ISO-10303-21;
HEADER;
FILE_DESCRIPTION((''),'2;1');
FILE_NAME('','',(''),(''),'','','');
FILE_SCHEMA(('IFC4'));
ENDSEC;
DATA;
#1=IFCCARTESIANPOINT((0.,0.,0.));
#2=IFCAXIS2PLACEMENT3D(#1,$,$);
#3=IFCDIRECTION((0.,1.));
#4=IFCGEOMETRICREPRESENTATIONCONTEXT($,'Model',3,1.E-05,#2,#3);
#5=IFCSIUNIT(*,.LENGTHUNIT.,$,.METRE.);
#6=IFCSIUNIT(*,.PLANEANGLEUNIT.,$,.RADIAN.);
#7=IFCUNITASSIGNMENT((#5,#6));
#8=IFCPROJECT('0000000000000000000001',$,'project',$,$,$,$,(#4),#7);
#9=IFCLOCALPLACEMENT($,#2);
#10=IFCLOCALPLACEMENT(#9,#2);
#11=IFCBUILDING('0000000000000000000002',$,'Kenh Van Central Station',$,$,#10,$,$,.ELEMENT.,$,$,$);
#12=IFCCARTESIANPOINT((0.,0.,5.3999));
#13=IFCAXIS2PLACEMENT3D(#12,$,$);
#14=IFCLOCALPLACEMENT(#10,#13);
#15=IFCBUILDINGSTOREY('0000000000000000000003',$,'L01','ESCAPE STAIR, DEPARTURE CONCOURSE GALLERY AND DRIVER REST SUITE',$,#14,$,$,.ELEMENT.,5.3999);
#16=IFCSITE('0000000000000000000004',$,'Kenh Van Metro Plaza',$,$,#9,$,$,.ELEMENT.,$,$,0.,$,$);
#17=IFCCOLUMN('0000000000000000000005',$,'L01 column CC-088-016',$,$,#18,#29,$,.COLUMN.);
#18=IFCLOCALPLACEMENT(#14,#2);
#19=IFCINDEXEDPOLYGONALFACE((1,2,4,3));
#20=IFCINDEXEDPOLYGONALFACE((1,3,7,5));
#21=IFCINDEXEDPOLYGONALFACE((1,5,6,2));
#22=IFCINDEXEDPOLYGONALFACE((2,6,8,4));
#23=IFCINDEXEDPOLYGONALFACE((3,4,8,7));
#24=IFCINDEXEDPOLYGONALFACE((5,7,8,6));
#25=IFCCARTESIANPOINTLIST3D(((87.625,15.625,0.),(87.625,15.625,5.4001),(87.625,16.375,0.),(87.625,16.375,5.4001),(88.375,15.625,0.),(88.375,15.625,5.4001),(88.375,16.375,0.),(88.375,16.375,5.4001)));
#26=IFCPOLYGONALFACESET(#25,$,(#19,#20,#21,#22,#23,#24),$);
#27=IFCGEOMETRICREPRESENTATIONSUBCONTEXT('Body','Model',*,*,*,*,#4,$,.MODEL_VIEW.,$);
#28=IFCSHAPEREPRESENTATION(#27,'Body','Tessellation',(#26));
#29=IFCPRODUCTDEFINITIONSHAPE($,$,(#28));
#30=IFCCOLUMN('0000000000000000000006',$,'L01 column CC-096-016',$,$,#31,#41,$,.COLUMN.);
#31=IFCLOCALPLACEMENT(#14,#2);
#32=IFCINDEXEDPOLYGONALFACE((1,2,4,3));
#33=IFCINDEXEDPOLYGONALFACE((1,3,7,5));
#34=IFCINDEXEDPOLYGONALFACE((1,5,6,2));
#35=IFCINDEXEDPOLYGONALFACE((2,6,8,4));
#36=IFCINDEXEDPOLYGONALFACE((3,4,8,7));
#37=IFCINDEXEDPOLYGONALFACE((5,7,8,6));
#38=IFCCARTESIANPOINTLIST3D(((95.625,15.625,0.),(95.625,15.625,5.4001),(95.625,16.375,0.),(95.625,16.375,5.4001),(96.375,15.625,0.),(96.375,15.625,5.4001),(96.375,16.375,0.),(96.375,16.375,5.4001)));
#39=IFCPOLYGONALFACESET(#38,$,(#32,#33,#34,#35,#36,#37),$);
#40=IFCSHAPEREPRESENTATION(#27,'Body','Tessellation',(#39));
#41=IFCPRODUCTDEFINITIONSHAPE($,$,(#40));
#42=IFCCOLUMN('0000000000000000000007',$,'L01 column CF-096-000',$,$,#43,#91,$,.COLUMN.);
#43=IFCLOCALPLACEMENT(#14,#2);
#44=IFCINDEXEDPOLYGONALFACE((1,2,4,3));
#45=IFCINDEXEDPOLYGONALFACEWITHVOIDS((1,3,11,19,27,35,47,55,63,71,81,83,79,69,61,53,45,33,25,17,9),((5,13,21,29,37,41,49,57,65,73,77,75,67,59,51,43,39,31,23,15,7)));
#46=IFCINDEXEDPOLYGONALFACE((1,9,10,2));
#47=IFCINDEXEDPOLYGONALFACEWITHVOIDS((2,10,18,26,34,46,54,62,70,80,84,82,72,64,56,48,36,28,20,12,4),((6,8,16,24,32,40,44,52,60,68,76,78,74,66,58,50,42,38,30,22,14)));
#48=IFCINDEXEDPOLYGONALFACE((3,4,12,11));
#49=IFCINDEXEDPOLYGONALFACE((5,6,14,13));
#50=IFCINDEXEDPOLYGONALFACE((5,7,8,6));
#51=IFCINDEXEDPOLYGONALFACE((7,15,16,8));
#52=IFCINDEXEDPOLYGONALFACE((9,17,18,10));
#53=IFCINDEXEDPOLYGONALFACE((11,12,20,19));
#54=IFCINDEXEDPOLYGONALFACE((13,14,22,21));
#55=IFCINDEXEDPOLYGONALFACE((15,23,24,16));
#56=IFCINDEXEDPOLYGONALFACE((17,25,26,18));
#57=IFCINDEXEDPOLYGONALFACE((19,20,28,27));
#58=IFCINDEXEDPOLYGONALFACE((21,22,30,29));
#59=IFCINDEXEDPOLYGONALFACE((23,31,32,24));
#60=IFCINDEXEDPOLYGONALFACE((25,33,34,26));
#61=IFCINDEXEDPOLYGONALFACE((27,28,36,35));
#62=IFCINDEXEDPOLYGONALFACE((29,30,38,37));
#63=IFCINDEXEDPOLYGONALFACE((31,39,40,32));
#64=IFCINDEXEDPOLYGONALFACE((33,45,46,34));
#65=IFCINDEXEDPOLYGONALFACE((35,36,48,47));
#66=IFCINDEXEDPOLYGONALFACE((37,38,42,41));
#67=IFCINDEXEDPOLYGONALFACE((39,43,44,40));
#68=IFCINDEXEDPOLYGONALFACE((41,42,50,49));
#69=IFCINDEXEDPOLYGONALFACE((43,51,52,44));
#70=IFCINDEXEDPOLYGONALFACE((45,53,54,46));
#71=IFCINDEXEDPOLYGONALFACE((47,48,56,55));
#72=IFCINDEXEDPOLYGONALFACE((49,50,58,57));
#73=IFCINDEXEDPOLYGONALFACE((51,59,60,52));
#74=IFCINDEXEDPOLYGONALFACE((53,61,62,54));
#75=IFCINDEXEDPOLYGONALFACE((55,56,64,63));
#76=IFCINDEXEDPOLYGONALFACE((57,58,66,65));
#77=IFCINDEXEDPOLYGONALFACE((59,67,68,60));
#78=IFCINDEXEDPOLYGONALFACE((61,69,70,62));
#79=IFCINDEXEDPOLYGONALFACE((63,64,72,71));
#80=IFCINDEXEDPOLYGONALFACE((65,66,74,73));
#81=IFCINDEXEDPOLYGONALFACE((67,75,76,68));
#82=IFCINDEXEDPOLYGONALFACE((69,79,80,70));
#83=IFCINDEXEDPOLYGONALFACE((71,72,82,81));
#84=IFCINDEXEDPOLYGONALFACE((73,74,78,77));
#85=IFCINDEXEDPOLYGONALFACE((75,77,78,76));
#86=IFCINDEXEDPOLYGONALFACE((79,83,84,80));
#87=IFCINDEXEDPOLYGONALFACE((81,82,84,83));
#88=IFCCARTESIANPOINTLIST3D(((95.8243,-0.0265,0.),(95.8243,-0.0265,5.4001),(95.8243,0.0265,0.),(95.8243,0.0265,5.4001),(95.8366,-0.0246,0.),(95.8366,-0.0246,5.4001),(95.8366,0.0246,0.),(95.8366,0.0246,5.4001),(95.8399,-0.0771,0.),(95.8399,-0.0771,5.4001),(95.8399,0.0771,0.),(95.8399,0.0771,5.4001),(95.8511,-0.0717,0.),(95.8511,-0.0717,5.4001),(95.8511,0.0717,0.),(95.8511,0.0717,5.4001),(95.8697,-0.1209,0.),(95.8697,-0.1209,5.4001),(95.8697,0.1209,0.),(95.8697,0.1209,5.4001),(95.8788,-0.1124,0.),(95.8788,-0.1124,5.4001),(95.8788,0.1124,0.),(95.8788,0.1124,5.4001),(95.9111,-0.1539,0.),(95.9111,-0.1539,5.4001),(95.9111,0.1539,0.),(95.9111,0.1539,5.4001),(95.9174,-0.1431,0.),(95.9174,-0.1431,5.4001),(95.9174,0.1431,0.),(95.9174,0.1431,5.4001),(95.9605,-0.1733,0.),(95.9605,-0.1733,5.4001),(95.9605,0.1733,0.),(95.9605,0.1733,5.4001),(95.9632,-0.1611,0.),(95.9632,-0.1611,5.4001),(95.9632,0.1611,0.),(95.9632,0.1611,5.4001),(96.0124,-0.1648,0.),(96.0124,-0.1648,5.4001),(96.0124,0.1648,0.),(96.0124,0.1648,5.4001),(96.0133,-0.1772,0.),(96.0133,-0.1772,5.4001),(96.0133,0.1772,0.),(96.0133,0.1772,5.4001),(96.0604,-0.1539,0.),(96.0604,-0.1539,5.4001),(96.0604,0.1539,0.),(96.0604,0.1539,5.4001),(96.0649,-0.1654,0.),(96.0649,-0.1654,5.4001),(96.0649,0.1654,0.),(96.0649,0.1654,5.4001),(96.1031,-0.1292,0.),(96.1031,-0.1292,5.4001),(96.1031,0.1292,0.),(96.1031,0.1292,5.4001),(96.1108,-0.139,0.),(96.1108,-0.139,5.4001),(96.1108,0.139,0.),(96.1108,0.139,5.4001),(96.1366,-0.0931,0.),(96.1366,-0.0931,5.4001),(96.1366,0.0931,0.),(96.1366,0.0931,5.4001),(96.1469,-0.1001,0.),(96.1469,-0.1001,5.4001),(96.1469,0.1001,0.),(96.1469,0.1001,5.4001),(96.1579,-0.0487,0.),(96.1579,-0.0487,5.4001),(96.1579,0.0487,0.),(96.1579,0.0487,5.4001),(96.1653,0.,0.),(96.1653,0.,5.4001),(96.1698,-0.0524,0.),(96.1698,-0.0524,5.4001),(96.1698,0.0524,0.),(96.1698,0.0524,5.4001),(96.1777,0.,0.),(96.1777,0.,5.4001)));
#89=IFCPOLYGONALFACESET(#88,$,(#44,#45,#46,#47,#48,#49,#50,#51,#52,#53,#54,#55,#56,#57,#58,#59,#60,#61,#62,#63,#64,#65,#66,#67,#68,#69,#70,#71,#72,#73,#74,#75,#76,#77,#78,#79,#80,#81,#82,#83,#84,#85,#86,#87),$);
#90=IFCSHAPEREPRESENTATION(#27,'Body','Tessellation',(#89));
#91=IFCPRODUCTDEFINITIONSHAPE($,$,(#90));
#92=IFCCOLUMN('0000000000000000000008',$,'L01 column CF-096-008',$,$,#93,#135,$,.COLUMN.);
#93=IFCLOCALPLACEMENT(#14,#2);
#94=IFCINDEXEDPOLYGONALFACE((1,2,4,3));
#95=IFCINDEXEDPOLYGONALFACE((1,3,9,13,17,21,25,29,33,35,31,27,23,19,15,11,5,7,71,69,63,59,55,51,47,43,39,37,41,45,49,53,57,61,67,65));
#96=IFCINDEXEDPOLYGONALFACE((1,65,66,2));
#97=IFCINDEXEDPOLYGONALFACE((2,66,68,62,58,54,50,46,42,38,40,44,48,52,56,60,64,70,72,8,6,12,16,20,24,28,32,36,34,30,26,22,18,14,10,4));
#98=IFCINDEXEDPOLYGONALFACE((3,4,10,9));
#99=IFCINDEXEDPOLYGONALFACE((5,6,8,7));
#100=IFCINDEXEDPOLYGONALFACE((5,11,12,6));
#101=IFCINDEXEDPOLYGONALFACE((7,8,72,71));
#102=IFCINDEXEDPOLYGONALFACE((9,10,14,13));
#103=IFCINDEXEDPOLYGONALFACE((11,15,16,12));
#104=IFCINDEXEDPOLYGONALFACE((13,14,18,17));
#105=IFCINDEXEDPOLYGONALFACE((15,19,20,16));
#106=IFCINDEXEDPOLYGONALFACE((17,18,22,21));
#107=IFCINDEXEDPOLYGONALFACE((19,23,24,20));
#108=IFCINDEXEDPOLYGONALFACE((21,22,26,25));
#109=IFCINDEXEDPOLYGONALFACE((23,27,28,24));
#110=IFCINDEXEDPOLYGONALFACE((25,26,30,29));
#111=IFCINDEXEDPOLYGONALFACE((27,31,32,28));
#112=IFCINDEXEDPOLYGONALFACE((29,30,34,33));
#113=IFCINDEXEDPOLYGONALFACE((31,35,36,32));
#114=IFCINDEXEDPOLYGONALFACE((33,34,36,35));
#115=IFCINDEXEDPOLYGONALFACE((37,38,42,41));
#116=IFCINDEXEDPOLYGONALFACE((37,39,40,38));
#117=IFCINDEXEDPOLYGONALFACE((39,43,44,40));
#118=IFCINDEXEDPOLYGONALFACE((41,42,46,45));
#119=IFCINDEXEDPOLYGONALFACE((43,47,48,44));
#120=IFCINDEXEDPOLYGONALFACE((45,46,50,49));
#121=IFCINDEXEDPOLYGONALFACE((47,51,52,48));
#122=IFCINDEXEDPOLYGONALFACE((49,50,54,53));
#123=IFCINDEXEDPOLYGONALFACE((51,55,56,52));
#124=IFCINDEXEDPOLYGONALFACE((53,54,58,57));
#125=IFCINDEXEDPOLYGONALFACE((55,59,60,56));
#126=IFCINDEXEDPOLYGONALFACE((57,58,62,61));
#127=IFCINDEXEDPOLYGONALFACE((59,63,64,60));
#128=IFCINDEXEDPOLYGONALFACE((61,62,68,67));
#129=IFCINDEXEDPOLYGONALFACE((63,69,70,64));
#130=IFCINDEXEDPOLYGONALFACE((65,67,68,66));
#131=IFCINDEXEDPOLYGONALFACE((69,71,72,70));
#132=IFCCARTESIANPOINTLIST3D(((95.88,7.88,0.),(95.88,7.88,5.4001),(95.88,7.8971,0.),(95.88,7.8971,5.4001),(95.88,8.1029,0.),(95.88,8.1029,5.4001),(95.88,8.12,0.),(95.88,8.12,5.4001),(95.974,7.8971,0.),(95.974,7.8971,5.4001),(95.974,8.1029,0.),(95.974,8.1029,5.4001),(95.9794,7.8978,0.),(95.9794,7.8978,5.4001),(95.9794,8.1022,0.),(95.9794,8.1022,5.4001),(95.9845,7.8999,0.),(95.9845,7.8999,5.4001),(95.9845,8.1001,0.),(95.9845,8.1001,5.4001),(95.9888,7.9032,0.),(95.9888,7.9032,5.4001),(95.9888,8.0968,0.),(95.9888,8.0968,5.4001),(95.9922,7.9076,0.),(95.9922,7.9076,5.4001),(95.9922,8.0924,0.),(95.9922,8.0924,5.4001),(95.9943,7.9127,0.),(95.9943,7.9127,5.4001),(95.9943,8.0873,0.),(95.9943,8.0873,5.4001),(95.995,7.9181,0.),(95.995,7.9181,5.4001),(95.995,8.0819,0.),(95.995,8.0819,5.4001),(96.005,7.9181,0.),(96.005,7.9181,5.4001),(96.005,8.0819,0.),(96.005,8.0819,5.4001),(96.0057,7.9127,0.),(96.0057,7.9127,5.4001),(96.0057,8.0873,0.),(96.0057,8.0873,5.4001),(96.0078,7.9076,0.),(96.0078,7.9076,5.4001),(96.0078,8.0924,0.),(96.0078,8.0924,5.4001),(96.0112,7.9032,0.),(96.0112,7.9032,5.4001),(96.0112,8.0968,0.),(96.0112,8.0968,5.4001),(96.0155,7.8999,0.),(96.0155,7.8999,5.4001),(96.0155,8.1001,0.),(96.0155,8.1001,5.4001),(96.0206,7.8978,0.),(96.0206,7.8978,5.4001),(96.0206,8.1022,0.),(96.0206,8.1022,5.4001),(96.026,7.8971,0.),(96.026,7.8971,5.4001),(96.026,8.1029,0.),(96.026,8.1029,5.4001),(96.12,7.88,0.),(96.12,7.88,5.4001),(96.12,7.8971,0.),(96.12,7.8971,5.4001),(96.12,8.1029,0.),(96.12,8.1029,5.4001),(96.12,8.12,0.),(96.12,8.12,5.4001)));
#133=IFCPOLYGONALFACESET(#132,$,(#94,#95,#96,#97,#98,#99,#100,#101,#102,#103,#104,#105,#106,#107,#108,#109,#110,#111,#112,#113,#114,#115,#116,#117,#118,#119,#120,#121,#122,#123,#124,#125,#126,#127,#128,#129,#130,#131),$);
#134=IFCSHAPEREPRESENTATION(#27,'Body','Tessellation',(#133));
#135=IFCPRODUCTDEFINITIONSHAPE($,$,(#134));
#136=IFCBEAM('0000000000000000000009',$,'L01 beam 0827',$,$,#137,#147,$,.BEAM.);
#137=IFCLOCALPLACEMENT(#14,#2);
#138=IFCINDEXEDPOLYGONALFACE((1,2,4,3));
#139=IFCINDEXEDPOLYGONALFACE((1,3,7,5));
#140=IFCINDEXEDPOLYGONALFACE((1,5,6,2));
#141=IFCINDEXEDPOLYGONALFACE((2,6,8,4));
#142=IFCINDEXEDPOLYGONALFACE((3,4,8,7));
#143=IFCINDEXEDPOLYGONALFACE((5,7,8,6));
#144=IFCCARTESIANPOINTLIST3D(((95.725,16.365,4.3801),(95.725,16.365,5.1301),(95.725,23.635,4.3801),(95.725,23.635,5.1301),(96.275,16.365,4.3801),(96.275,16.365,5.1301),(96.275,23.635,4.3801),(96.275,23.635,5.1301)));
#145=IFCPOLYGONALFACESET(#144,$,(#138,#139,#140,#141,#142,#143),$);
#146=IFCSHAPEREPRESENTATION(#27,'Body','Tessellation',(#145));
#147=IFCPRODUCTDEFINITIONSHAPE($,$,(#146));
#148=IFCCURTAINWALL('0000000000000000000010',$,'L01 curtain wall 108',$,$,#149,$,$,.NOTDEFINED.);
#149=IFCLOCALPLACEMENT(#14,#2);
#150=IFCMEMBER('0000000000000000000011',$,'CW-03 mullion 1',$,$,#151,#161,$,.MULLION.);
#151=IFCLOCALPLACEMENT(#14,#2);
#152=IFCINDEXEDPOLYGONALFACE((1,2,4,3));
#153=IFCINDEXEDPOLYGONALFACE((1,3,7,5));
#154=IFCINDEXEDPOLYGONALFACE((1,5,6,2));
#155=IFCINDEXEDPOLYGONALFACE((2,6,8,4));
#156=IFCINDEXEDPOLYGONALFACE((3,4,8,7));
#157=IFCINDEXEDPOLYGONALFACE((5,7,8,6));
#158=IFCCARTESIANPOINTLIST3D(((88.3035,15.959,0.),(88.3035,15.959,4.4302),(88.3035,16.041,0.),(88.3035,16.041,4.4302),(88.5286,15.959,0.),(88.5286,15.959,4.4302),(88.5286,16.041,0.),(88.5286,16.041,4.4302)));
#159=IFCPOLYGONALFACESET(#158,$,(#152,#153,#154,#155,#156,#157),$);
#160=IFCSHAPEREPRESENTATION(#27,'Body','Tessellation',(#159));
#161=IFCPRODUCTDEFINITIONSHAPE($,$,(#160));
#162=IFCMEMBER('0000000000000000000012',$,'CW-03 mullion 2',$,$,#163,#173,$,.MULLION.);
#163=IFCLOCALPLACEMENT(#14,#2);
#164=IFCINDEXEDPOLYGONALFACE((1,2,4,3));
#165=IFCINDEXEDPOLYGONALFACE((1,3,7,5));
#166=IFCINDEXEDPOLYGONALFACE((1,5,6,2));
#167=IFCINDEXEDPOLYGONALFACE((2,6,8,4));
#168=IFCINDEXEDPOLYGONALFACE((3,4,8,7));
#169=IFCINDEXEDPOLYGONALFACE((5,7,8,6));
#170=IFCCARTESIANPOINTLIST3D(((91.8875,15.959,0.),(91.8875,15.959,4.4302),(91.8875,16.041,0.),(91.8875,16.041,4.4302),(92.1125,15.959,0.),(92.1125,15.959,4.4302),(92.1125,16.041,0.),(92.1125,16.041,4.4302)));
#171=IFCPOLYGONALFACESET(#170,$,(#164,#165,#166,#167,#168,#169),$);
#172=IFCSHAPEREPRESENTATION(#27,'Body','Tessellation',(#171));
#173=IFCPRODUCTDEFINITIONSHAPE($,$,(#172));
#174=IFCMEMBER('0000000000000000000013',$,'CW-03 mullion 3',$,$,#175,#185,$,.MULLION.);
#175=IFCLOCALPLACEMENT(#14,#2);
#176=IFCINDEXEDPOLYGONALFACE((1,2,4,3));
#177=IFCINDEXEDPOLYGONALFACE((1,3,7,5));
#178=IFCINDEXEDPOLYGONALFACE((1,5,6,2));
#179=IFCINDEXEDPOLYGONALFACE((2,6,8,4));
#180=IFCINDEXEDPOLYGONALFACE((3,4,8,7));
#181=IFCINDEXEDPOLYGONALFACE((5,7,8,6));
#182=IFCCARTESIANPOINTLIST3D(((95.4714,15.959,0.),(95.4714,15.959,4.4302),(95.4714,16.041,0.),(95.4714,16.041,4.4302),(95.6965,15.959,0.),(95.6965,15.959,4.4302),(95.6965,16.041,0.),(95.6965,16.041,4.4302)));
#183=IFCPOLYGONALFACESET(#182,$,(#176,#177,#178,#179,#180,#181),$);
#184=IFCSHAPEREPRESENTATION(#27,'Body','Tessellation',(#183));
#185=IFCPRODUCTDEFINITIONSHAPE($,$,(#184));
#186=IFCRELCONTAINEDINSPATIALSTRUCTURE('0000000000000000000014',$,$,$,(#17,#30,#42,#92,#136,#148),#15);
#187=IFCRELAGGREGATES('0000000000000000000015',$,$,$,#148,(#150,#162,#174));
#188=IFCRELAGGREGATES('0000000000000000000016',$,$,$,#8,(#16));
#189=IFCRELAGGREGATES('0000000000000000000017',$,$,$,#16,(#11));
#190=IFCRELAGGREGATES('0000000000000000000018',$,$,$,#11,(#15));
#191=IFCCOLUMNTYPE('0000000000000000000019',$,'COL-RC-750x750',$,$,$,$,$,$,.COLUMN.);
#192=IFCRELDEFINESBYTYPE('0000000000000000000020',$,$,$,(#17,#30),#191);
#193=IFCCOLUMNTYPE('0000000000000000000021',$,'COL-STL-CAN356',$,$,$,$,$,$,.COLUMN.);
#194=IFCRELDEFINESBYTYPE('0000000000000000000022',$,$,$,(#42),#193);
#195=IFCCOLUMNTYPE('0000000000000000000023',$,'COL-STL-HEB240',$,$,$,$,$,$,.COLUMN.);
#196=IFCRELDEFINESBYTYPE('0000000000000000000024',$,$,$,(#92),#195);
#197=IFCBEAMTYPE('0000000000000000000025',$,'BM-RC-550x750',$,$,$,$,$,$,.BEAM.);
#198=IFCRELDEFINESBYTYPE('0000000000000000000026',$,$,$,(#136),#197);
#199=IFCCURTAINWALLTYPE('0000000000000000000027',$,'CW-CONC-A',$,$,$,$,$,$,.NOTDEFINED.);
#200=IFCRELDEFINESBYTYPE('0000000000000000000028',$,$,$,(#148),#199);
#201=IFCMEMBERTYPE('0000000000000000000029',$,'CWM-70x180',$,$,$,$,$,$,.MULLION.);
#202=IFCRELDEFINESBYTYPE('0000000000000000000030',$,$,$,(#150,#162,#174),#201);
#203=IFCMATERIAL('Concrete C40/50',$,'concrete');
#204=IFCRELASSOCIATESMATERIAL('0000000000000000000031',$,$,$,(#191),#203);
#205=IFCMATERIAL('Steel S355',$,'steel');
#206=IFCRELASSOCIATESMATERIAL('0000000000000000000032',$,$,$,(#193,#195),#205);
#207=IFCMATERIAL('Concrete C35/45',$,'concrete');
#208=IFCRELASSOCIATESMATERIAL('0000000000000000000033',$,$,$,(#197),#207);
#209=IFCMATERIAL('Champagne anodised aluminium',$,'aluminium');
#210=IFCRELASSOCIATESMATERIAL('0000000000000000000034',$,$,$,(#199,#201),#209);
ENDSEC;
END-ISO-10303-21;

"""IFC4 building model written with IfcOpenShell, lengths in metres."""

from ifc_helpers import new_model, si_unit, direction, frame, origin, origin_2d, place, context, subcontext, project, spatial, rectangle, hollow_circle, i_section, extrude, material, material_profile, profile_set, type_object, element, aggregate, save


model = new_model("IFC4")

# Units and contexts
model_context = context("Model", 3, precision=1e-05, world=origin(), true_north=direction((0.0, 1.0)))
body_context = subcontext(model_context, "Body", "Model", "MODEL_VIEW")
ifc_project = project(units=[si_unit("LENGTHUNIT", "METRE"), si_unit("PLANEANGLEUNIT", "RADIAN")], contexts=[model_context])

# Site, building, storey
site_placement = place(None, origin())
site = spatial("IfcSite", under=ifc_project, at=site_placement, Name="Kenh Van Metro Plaza", CompositionType="ELEMENT", RefElevation=0.0)
building_placement = place(site_placement, origin())
building = spatial("IfcBuilding", under=site, at=building_placement, Name="Kenh Van Central Station", CompositionType="ELEMENT")
storey_placement = place(building_placement, frame((0.0, 0.0, 5.3999)))
storey = spatial("IfcBuildingStorey", under=building, at=storey_placement, Name="L01", Description="ESCAPE STAIR, DEPARTURE CONCOURSE GALLERY AND DRIVER REST SUITE", CompositionType="ELEMENT", Elevation=5.3999)

# Columns
ifc_material_1 = material(Name="Concrete C40/50", Category="concrete")
ifc_material_profile_1 = material_profile(ifc_material_1, rectangle(XDim=0.75, YDim=0.75, at=origin_2d()), Name="RC 750x750")
ifc_profile_set_1 = profile_set([ifc_material_profile_1], Name="Concrete C40/50")
column_type_1 = type_object("IfcColumnType", Name="COL-RC-750x750", PredefinedType="COLUMN", material=ifc_profile_set_1)
for number, where, z_axis, x_axis, name in (
    (1, (88.0, 16.0, 0.0), (0.0, 0.0, 1.0), (1.0, 0.0, 0.0), "L01 column CC-088-016"),
    (2, (96.0, 16.0, 0.0), (0.0, 0.0, 1.0), (1.0, 0.0, 0.0), "L01 column CC-096-016"),
):
    element("IfcColumn", number, at=place(storey_placement, frame(where, z_axis=z_axis, x_axis=x_axis)), inside=storey, type_object=column_type_1, Name=name, PredefinedType="COLUMN", context=body_context, shape_type="SweptSolid", body=[
        extrude(rectangle(XDim=0.75, YDim=0.75, at=origin_2d()), origin(), (0.0, 0.0, 1.0), 5.4001),
    ])
ifc_material_2 = material(Name="Steel S355", Category="steel")
ifc_material_profile_2 = material_profile(ifc_material_2, hollow_circle(Radius=0.1777, WallThickness=0.0125, at=origin_2d()), Name="CHS 355.6x12.5")
ifc_profile_set_2 = profile_set([ifc_material_profile_2], Name="Steel S355")
column_type_2 = type_object("IfcColumnType", Name="COL-STL-CAN356", PredefinedType="COLUMN", material=ifc_profile_set_2)
column_1_placement = place(storey_placement, frame((96.0, 0.0, 0.0), z_axis=(0.0, 0.0, 1.0), x_axis=(1.0, 0.0, 0.0)))
element("IfcColumn", 3, at=column_1_placement, inside=storey, type_object=column_type_2, Name="L01 column CF-096-000", PredefinedType="COLUMN", context=body_context, shape_type="SweptSolid", body=[
    extrude(hollow_circle(Radius=0.1777, WallThickness=0.0125, at=origin_2d()), origin(), (0.0, 0.0, 1.0), 5.4001),
])
ifc_material_profile_3 = material_profile(ifc_material_2, i_section(OverallWidth=0.24, OverallDepth=0.24, WebThickness=0.01, FlangeThickness=0.0171, FilletRadius=0.021, at=origin_2d()), Name="HEB 240")
ifc_profile_set_3 = profile_set([ifc_material_profile_3], Name="Steel S355")
column_type_3 = type_object("IfcColumnType", Name="COL-STL-HEB240", PredefinedType="COLUMN", material=ifc_profile_set_3)
column_2_placement = place(storey_placement, frame((96.0, 8.0, 0.0), z_axis=(0.0, 0.0, 1.0), x_axis=(1.0, 0.0, 0.0)))
element("IfcColumn", 4, at=column_2_placement, inside=storey, type_object=column_type_3, Name="L01 column CF-096-008", PredefinedType="COLUMN", context=body_context, shape_type="SweptSolid", body=[
    extrude(i_section(OverallWidth=0.24, OverallDepth=0.24, WebThickness=0.01, FlangeThickness=0.0171, FilletRadius=0.021, at=origin_2d()), origin(), (0.0, 0.0, 1.0), 5.4001),
])

# Beam
ifc_material_3 = material(Name="Concrete C35/45", Category="concrete")
ifc_material_profile_4 = material_profile(ifc_material_3, rectangle(XDim=0.55, YDim=0.75, at=origin_2d()), Name="RC 550x750")
ifc_profile_set_4 = profile_set([ifc_material_profile_4], Name="Concrete C35/45")
beam_type_1 = type_object("IfcBeamType", Name="BM-RC-550x750", PredefinedType="BEAM", material=ifc_profile_set_4)
beam_1_placement = place(storey_placement, frame((96.0, 16.365, 4.7551), z_axis=(0.0, 1.0, 0.0), x_axis=(-1.0, 0.0, 0.0)))
element("IfcBeam", 5, at=beam_1_placement, inside=storey, type_object=beam_type_1, Name="L01 beam 0827", PredefinedType="BEAM", context=body_context, shape_type="SweptSolid", body=[
    extrude(rectangle(XDim=0.55, YDim=0.75, at=origin_2d()), origin(), (0.0, 0.0, 1.0), 7.27),
])

# Curtain wall, members
ifc_material_4 = material(Name="Champagne anodised aluminium", Category="aluminium")
curtain_wall_type = type_object("IfcCurtainWallType", Name="CW-CONC-A", PredefinedType="NOTDEFINED", material=ifc_material_4)
curtain_wall_1_placement = place(storey_placement, origin())
curtain_wall_1 = element("IfcCurtainWall", 6, at=curtain_wall_1_placement, inside=storey, type_object=curtain_wall_type, Name="L01 curtain wall 108", PredefinedType="NOTDEFINED")
ifc_material_profile_5 = material_profile(ifc_material_4, rectangle(XDim=0.082, YDim=0.2251, at=origin_2d()), Name="AL 82x225")
ifc_profile_set_5 = profile_set([ifc_material_profile_5], Name="Champagne anodised aluminium")
member_type_1 = type_object("IfcMemberType", Name="CWM-70x180", PredefinedType="MULLION", material=ifc_profile_set_5)
member_1_placement = place(storey_placement, frame((88.416, 16.0, 0.0), z_axis=(0.0, 0.0, 1.0), x_axis=(0.0, 1.0, 0.0)))
member_1 = element("IfcMember", 7, at=member_1_placement, type_object=member_type_1, Name="CW-03 mullion 1", PredefinedType="MULLION", context=body_context, shape_type="SweptSolid", body=[
    extrude(rectangle(XDim=0.082, YDim=0.2251, at=origin_2d()), origin(), (0.0, 0.0, 1.0), 4.4302),
])
member_2_placement = place(storey_placement, frame((92.0, 16.0, 0.0), z_axis=(0.0, 0.0, 1.0), x_axis=(0.0, 1.0, 0.0)))
member_2 = element("IfcMember", 8, at=member_2_placement, type_object=member_type_1, Name="CW-03 mullion 2", PredefinedType="MULLION", context=body_context, shape_type="SweptSolid", body=[
    extrude(rectangle(XDim=0.082, YDim=0.2251, at=origin_2d()), origin(), (0.0, 0.0, 1.0), 4.4302),
])
member_3_placement = place(storey_placement, frame((95.584, 16.0, 0.0), z_axis=(0.0, 0.0, 1.0), x_axis=(0.0, 1.0, 0.0)))
member_3 = element("IfcMember", 9, at=member_3_placement, type_object=member_type_1, Name="CW-03 mullion 3", PredefinedType="MULLION", context=body_context, shape_type="SweptSolid", body=[
    extrude(rectangle(XDim=0.082, YDim=0.2251, at=origin_2d()), origin(), (0.0, 0.0, 1.0), 4.4302),
])

aggregate(curtain_wall_1, [member_1, member_2, member_3])

save(model, "model.ifc")
